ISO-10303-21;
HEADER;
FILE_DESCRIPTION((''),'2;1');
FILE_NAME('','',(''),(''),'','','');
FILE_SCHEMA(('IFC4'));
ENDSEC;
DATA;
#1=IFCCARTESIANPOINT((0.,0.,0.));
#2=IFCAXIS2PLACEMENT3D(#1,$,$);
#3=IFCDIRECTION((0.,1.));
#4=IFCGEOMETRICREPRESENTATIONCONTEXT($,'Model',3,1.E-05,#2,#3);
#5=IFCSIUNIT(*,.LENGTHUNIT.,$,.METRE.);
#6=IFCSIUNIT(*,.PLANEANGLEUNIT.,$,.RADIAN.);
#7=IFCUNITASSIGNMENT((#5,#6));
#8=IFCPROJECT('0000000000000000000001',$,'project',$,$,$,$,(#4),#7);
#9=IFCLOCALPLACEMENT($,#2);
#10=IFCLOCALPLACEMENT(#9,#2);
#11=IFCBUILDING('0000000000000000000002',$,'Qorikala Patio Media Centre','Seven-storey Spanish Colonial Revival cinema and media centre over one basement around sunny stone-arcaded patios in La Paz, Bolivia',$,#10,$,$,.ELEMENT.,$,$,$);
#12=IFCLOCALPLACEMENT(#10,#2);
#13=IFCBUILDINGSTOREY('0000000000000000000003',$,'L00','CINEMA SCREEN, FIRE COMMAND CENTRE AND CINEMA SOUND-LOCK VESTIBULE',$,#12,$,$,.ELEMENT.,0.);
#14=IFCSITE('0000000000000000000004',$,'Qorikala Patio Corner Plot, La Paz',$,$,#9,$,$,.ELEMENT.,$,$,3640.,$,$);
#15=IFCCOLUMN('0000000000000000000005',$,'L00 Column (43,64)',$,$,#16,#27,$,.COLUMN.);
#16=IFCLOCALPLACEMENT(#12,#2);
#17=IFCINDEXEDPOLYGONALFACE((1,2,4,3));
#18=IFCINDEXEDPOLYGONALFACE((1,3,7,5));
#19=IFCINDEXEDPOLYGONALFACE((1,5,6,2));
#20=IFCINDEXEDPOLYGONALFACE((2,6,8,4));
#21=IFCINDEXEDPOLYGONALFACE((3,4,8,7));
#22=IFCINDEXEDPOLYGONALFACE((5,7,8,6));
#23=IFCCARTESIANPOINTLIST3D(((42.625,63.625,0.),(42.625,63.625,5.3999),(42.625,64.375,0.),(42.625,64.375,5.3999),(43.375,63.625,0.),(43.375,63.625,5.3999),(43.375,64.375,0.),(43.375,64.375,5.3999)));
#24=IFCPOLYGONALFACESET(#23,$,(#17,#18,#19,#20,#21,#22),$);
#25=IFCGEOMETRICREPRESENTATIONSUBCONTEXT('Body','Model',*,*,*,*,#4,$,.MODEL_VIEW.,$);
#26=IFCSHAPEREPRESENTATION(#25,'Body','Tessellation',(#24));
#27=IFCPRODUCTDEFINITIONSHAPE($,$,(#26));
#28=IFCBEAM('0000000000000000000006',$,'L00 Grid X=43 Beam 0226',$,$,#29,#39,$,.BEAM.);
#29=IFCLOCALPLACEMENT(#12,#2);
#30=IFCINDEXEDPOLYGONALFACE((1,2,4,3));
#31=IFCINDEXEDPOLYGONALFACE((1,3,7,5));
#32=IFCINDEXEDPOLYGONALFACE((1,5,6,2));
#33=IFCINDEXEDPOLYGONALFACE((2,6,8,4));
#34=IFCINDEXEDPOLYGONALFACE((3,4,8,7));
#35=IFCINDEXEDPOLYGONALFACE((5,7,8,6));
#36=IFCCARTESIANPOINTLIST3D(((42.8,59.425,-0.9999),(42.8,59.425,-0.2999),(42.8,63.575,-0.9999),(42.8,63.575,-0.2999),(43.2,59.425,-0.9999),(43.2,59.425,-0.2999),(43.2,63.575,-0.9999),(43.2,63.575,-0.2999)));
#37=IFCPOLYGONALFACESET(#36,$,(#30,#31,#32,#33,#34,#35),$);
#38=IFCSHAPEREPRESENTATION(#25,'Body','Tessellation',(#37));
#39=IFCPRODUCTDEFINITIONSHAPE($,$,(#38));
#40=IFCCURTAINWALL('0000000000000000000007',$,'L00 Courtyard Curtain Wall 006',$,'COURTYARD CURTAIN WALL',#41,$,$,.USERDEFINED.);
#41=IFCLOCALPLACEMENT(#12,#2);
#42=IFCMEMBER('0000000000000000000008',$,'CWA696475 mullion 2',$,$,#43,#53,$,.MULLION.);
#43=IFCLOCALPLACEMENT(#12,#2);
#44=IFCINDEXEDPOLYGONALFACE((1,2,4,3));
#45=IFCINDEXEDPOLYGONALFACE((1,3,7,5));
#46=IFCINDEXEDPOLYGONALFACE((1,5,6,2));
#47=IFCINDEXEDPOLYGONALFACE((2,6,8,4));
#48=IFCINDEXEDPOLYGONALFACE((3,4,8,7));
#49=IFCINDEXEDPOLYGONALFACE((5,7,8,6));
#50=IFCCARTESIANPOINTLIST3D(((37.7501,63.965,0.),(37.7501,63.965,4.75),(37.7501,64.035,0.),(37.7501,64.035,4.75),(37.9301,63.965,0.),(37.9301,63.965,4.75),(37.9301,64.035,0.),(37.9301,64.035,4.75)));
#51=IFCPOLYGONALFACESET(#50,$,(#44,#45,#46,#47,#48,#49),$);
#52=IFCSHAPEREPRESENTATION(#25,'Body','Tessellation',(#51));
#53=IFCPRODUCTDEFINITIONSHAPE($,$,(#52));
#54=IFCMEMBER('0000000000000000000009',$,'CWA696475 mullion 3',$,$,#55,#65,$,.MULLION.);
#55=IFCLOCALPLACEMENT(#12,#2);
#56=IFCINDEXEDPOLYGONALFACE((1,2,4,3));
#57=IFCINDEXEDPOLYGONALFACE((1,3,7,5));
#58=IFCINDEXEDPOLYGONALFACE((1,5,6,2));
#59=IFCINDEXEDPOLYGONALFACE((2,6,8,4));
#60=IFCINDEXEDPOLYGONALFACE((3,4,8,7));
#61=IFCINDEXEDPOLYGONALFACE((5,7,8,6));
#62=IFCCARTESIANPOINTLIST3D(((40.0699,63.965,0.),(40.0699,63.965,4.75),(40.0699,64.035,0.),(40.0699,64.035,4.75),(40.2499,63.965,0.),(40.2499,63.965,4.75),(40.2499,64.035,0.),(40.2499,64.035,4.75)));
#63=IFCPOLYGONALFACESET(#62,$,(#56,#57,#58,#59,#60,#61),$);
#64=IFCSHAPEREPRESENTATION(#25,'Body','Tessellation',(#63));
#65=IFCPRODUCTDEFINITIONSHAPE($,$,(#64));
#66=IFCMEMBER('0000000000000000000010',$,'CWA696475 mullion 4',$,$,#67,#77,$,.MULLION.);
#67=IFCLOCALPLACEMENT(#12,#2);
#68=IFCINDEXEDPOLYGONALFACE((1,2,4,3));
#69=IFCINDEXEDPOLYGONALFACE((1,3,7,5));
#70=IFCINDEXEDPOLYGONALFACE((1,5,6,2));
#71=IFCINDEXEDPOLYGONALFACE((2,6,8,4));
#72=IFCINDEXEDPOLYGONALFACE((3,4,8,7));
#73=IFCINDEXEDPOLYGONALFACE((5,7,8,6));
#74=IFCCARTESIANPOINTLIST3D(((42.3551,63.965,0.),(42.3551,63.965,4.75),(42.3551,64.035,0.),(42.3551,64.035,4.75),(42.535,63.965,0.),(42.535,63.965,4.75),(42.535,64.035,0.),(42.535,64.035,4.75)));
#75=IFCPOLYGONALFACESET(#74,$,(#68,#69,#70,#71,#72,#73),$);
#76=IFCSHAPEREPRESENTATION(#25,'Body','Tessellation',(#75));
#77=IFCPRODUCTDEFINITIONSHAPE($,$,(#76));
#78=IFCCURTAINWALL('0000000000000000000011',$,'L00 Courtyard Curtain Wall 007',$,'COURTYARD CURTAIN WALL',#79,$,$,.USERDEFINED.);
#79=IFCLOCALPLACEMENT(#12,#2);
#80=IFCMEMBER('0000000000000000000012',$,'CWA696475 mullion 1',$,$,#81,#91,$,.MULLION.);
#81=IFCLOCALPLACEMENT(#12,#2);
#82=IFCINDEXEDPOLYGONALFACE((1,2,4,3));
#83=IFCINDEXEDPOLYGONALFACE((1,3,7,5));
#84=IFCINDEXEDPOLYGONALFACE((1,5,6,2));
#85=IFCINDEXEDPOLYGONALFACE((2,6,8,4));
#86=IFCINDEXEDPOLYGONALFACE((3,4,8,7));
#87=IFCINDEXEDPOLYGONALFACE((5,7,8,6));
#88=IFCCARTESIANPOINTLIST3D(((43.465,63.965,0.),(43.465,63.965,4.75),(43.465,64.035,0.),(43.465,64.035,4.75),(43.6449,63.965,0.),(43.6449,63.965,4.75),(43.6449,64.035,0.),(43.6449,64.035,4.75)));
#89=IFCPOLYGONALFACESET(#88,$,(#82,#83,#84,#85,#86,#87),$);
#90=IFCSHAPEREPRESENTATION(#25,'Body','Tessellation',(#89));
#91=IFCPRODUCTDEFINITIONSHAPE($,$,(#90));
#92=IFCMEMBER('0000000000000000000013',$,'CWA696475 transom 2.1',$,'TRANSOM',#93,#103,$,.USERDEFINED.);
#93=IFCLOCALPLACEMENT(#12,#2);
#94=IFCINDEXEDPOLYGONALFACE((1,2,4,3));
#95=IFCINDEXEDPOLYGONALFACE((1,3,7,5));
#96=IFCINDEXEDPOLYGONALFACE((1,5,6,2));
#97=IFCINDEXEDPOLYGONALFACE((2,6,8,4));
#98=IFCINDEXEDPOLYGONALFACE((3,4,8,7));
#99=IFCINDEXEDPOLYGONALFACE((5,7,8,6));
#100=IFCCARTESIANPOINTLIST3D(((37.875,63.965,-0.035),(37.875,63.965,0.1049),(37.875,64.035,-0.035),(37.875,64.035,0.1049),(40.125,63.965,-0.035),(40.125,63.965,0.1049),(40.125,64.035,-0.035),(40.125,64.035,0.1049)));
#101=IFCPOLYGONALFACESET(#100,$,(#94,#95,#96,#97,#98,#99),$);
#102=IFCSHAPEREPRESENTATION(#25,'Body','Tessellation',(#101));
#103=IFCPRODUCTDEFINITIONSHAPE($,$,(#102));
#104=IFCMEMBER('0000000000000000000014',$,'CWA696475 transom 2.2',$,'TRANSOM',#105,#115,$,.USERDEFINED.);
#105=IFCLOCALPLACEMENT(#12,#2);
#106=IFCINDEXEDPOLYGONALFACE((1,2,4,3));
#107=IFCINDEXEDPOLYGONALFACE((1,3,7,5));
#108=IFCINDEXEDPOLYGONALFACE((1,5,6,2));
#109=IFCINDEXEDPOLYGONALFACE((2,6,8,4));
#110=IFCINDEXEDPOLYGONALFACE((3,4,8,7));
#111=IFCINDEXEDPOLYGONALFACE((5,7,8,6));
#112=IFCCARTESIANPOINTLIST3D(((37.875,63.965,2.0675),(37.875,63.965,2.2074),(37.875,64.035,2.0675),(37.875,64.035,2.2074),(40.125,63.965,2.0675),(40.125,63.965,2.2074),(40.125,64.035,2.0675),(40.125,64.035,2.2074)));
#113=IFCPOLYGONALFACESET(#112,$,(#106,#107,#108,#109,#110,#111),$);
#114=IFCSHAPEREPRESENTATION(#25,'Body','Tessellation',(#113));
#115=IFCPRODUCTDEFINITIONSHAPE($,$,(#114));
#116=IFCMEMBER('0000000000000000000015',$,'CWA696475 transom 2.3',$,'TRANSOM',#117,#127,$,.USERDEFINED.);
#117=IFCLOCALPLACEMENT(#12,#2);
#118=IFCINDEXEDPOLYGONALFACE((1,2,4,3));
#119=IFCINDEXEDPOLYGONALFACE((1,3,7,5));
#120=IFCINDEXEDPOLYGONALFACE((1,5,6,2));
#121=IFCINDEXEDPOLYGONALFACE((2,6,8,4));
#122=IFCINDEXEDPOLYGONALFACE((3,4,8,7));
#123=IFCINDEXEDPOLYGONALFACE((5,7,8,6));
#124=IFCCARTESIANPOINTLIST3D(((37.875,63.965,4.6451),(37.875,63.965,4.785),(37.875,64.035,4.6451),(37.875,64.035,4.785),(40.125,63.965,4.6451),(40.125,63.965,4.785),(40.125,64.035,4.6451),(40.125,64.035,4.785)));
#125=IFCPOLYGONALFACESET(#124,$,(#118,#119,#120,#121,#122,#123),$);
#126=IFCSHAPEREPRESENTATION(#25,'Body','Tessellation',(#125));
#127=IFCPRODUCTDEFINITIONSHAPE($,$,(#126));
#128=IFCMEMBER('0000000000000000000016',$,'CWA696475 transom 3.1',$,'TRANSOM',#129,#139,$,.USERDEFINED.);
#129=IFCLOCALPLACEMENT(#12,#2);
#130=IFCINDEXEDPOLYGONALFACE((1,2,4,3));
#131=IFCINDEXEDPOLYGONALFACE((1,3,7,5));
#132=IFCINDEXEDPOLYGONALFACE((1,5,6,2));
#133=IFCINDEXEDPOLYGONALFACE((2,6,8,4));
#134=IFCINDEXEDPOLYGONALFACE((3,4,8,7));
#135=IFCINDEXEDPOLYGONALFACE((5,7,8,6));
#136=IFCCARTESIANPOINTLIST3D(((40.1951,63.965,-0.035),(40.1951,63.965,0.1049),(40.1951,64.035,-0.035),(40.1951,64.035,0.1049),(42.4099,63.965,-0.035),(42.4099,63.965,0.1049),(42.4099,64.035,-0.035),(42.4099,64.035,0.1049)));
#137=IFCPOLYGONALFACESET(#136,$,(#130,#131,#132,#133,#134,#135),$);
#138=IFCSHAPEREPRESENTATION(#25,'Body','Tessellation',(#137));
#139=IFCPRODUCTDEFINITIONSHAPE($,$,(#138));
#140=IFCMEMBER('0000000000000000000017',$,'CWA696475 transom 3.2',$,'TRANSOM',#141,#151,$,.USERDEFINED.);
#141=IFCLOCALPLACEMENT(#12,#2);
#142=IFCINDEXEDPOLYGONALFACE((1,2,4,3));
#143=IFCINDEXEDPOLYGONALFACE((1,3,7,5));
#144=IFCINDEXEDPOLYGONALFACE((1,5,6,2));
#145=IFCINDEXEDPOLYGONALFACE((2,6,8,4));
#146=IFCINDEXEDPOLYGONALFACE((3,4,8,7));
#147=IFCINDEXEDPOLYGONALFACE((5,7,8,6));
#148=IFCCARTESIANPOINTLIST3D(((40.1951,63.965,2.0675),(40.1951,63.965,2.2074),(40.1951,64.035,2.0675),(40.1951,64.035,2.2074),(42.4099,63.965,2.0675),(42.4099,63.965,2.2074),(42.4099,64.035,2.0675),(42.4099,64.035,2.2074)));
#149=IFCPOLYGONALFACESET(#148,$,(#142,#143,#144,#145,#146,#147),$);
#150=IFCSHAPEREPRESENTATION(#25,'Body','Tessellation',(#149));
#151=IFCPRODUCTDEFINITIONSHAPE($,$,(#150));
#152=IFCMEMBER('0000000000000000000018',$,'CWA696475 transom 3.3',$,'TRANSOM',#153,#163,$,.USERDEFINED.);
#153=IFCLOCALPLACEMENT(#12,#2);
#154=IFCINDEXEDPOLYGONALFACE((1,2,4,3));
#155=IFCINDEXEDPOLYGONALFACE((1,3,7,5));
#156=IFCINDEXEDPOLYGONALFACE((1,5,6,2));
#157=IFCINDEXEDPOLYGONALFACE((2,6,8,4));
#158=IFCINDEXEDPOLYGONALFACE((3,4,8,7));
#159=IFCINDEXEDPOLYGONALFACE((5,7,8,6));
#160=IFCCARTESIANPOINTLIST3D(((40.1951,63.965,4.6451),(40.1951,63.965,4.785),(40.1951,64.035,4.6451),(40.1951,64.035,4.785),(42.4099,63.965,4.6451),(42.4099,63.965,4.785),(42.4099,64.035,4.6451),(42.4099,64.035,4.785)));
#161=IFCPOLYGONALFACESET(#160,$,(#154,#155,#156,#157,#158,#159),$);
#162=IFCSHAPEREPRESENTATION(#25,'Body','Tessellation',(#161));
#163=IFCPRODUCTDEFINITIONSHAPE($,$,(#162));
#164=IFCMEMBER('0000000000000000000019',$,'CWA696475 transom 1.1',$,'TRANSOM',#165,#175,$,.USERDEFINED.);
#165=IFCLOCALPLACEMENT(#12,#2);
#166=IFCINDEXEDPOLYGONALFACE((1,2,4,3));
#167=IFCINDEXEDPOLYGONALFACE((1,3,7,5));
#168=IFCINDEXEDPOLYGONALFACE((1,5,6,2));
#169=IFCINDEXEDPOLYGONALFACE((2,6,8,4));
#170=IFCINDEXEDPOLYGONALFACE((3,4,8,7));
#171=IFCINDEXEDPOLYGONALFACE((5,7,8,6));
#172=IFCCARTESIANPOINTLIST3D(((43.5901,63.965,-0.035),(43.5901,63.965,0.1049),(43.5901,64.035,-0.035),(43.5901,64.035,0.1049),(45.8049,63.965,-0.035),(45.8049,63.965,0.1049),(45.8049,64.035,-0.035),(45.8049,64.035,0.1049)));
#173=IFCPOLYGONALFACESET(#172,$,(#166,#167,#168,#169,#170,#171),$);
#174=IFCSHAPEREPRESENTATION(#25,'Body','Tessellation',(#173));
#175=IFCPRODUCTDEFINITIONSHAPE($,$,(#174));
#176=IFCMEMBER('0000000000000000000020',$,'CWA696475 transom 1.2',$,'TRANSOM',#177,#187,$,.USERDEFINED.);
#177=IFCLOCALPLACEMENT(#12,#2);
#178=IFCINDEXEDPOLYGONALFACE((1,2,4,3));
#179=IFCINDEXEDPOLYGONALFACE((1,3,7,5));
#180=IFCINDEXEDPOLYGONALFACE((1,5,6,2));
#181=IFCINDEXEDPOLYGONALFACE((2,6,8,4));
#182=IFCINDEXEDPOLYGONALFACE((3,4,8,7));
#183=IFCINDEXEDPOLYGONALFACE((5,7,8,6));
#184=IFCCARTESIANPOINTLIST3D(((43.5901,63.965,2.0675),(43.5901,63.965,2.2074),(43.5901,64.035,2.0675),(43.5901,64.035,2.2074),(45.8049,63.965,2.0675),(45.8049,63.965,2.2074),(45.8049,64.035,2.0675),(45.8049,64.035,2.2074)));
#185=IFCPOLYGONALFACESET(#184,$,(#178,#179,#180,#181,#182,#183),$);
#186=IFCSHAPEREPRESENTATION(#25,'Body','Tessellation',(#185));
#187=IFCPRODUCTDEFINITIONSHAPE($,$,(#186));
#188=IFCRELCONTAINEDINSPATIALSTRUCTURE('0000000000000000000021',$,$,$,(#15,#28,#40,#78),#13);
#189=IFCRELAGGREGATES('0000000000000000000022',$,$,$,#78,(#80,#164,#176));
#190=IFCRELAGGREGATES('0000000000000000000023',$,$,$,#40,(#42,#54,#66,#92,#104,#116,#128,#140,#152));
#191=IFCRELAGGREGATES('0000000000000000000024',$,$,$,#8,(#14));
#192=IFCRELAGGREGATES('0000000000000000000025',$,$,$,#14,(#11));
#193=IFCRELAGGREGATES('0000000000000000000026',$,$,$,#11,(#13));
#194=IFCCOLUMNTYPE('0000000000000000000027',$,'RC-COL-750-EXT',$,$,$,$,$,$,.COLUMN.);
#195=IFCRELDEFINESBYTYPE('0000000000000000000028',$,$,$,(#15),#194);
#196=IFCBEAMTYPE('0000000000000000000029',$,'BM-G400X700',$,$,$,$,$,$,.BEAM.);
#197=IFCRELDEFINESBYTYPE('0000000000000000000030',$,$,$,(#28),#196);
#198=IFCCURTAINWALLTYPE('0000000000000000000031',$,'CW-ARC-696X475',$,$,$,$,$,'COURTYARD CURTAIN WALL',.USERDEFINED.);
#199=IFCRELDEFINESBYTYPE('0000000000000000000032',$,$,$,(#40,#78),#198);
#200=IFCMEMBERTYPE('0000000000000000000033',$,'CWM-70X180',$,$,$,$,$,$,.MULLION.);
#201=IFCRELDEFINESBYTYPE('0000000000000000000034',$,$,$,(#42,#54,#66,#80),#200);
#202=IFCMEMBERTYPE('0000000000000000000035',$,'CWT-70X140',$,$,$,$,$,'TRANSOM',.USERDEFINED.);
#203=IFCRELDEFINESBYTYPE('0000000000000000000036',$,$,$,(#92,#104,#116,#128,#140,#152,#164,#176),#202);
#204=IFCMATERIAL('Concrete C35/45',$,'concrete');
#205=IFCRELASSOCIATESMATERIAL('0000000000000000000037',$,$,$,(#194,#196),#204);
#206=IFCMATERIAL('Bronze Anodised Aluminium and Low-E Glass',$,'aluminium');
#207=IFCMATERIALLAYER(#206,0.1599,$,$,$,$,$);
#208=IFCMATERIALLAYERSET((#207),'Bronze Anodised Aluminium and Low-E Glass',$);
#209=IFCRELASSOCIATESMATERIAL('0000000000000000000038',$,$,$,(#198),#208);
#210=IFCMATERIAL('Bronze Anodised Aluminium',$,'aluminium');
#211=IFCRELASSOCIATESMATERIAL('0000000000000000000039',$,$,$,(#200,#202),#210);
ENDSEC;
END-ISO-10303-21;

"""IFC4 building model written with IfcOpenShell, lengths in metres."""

from ifc_helpers import new_model, si_unit, direction, frame, origin, origin_2d, place, context, subcontext, project, spatial, rectangle, extrude, material, layer, layer_set, material_profile, profile_set, type_object, element, aggregate, save


model = new_model("IFC4")

# Units and contexts
model_context = context("Model", 3, precision=1e-05, world=origin(), true_north=direction((0.0, 1.0)))
body_context = subcontext(model_context, "Body", "Model", "MODEL_VIEW")
ifc_project = project(units=[si_unit("LENGTHUNIT", "METRE"), si_unit("PLANEANGLEUNIT", "RADIAN")], contexts=[model_context])

# Site, building, storey
site_placement = place(None, origin())
site = spatial("IfcSite", under=ifc_project, at=site_placement, Name="Qorikala Patio Corner Plot, La Paz", CompositionType="ELEMENT", RefElevation=3640.0)
building_placement = place(site_placement, origin())
building = spatial("IfcBuilding", under=site, at=building_placement, Name="Qorikala Patio Media Centre", Description="Seven-storey Spanish Colonial Revival cinema and media centre over one basement around sunny stone-arcaded patios in La Paz, Bolivia", CompositionType="ELEMENT")
storey_placement = place(building_placement, origin())
storey = spatial("IfcBuildingStorey", under=building, at=storey_placement, Name="L00", Description="CINEMA SCREEN, FIRE COMMAND CENTRE AND CINEMA SOUND-LOCK VESTIBULE", CompositionType="ELEMENT", Elevation=0.0)

# Column
ifc_material_1 = material(Name="Concrete C35/45", Category="concrete")
ifc_material_profile_1 = material_profile(ifc_material_1, rectangle(XDim=0.75, YDim=0.75, at=origin_2d()), Name="RC 750x750")
ifc_profile_set_1 = profile_set([ifc_material_profile_1], Name="Concrete C35/45")
column_type = type_object("IfcColumnType", Name="RC-COL-750-EXT", PredefinedType="COLUMN", material=ifc_profile_set_1)
column_placement = place(storey_placement, frame((43.0, 64.0, 0.0), z_axis=(0.0, 0.0, 1.0), x_axis=(1.0, 0.0, 0.0)))
element("IfcColumn", 1, at=column_placement, inside=storey, type_object=column_type, Name="L00 Column (43,64)", PredefinedType="COLUMN", context=body_context, shape_type="SweptSolid", body=[
    extrude(rectangle(XDim=0.75, YDim=0.75, at=origin_2d()), origin(), (0.0, 0.0, 1.0), 5.3999),
])

# Beam
ifc_material_profile_2 = material_profile(ifc_material_1, rectangle(XDim=0.3999, YDim=0.7, at=origin_2d()), Name="RC 400x700")
ifc_profile_set_2 = profile_set([ifc_material_profile_2], Name="Concrete C35/45")
beam_type_1 = type_object("IfcBeamType", Name="BM-G400X700", PredefinedType="BEAM", material=ifc_profile_set_2)
beam_1_placement = place(storey_placement, frame((43.0, 59.425, -0.6499), z_axis=(0.0, 1.0, 0.0), x_axis=(-1.0, 0.0, 0.0)))
element("IfcBeam", 2, at=beam_1_placement, inside=storey, type_object=beam_type_1, Name="L00 Grid X=43 Beam 0226", PredefinedType="BEAM", context=body_context, shape_type="SweptSolid", body=[
    extrude(rectangle(XDim=0.3999, YDim=0.7, at=origin_2d()), origin(), (0.0, 0.0, 1.0), 4.1499),
])

# Curtain wall, members
ifc_material_2 = material(Name="Bronze Anodised Aluminium and Low-E Glass", Category="aluminium")
ifc_layer_1 = layer(ifc_material_2, 0.1599)
ifc_layer_set_1 = layer_set([ifc_layer_1], Name="Bronze Anodised Aluminium and Low-E Glass")
curtain_wall_type = type_object("IfcCurtainWallType", Name="CW-ARC-696X475", ElementType="COURTYARD CURTAIN WALL", PredefinedType="USERDEFINED", material=ifc_layer_set_1)
curtain_wall_1_placement = place(storey_placement, origin())
curtain_wall_1 = element("IfcCurtainWall", 3, at=curtain_wall_1_placement, inside=storey, type_object=curtain_wall_type, Name="L00 Courtyard Curtain Wall 006", ObjectType="COURTYARD CURTAIN WALL", PredefinedType="USERDEFINED")
ifc_material_3 = material(Name="Bronze Anodised Aluminium", Category="aluminium")
ifc_material_profile_3 = material_profile(ifc_material_3, rectangle(XDim=0.0701, YDim=0.1799, at=origin_2d()), Name="ALU MULLION 70x180")
ifc_profile_set_3 = profile_set([ifc_material_profile_3], Name="Bronze Anodised Aluminium")
member_type_1 = type_object("IfcMemberType", Name="CWM-70X180", PredefinedType="MULLION", material=ifc_profile_set_3)
member_1_placement = place(storey_placement, frame((37.8401, 64.0, 0.0), z_axis=(0.0, 0.0, 1.0), x_axis=(0.0, 1.0, 0.0)))
member_1 = element("IfcMember", 4, at=member_1_placement, type_object=member_type_1, Name="CWA696475 mullion 2", PredefinedType="MULLION", context=body_context, shape_type="SweptSolid", body=[
    extrude(rectangle(XDim=0.0701, YDim=0.1799, at=origin_2d()), origin(), (0.0, 0.0, 1.0), 4.75),
])
member_2_placement = place(storey_placement, frame((40.1599, 64.0, 0.0), z_axis=(0.0, 0.0, 1.0), x_axis=(0.0, 1.0, 0.0)))
member_2 = element("IfcMember", 5, at=member_2_placement, type_object=member_type_1, Name="CWA696475 mullion 3", PredefinedType="MULLION", context=body_context, shape_type="SweptSolid", body=[
    extrude(rectangle(XDim=0.0701, YDim=0.1799, at=origin_2d()), origin(), (0.0, 0.0, 1.0), 4.75),
])
member_3_placement = place(storey_placement, frame((42.4451, 64.0, 0.0), z_axis=(0.0, 0.0, 1.0), x_axis=(0.0, 1.0, 0.0)))
member_3 = element("IfcMember", 6, at=member_3_placement, type_object=member_type_1, Name="CWA696475 mullion 4", PredefinedType="MULLION", context=body_context, shape_type="SweptSolid", body=[
    extrude(rectangle(XDim=0.0701, YDim=0.1799, at=origin_2d()), origin(), (0.0, 0.0, 1.0), 4.75),
])

# Curtain wall, member
curtain_wall_2_placement = place(storey_placement, origin())
curtain_wall_2 = element("IfcCurtainWall", 7, at=curtain_wall_2_placement, inside=storey, type_object=curtain_wall_type, Name="L00 Courtyard Curtain Wall 007", ObjectType="COURTYARD CURTAIN WALL", PredefinedType="USERDEFINED")
member_4_placement = place(storey_placement, frame((43.5549, 64.0, 0.0), z_axis=(0.0, 0.0, 1.0), x_axis=(0.0, 1.0, 0.0)))
member_4 = element("IfcMember", 8, at=member_4_placement, type_object=member_type_1, Name="CWA696475 mullion 1", PredefinedType="MULLION", context=body_context, shape_type="SweptSolid", body=[
    extrude(rectangle(XDim=0.0701, YDim=0.1799, at=origin_2d()), origin(), (0.0, 0.0, 1.0), 4.75),
])

# Members
ifc_material_profile_4 = material_profile(ifc_material_3, rectangle(XDim=0.0701, YDim=0.1399, at=origin_2d()), Name="ALU TRANSOM 70x140")
ifc_profile_set_4 = profile_set([ifc_material_profile_4], Name="Bronze Anodised Aluminium")
member_type_2 = type_object("IfcMemberType", Name="CWT-70X140", ElementType="TRANSOM", PredefinedType="USERDEFINED", material=ifc_profile_set_4)
member_5_placement = place(storey_placement, frame((37.875, 64.0, 0.0349), z_axis=(1.0, 0.0, 0.0), x_axis=(0.0, 1.0, 0.0)))
member_5 = element("IfcMember", 9, at=member_5_placement, type_object=member_type_2, Name="CWA696475 transom 2.1", ObjectType="TRANSOM", PredefinedType="USERDEFINED", context=body_context, shape_type="SweptSolid", body=[
    extrude(rectangle(XDim=0.0701, YDim=0.1399, at=origin_2d()), origin(), (0.0, 0.0, 1.0), 2.25),
])
member_6_placement = place(storey_placement, frame((37.875, 64.0, 2.1375), z_axis=(1.0, 0.0, 0.0), x_axis=(0.0, 1.0, 0.0)))
member_6 = element("IfcMember", 10, at=member_6_placement, type_object=member_type_2, Name="CWA696475 transom 2.2", ObjectType="TRANSOM", PredefinedType="USERDEFINED", context=body_context, shape_type="SweptSolid", body=[
    extrude(rectangle(XDim=0.0701, YDim=0.1399, at=origin_2d()), origin(), (0.0, 0.0, 1.0), 2.25),
])
member_7_placement = place(storey_placement, frame((37.875, 64.0, 4.7151), z_axis=(1.0, 0.0, 0.0), x_axis=(0.0, 1.0, 0.0)))
member_7 = element("IfcMember", 11, at=member_7_placement, type_object=member_type_2, Name="CWA696475 transom 2.3", ObjectType="TRANSOM", PredefinedType="USERDEFINED", context=body_context, shape_type="SweptSolid", body=[
    extrude(rectangle(XDim=0.0701, YDim=0.1399, at=origin_2d()), origin(), (0.0, 0.0, 1.0), 2.25),
])
member_8_placement = place(storey_placement, frame((40.1951, 64.0, 0.0349), z_axis=(1.0, 0.0, 0.0), x_axis=(0.0, 1.0, 0.0)))
member_8 = element("IfcMember", 12, at=member_8_placement, type_object=member_type_2, Name="CWA696475 transom 3.1", ObjectType="TRANSOM", PredefinedType="USERDEFINED", context=body_context, shape_type="SweptSolid", body=[
    extrude(rectangle(XDim=0.0701, YDim=0.1399, at=origin_2d()), origin(), (0.0, 0.0, 1.0), 2.2148),
])
member_9_placement = place(storey_placement, frame((40.1951, 64.0, 2.1375), z_axis=(1.0, 0.0, 0.0), x_axis=(0.0, 1.0, 0.0)))
member_9 = element("IfcMember", 13, at=member_9_placement, type_object=member_type_2, Name="CWA696475 transom 3.2", ObjectType="TRANSOM", PredefinedType="USERDEFINED", context=body_context, shape_type="SweptSolid", body=[
    extrude(rectangle(XDim=0.0701, YDim=0.1399, at=origin_2d()), origin(), (0.0, 0.0, 1.0), 2.2148),
])
member_10_placement = place(storey_placement, frame((40.1951, 64.0, 4.7151), z_axis=(1.0, 0.0, 0.0), x_axis=(0.0, 1.0, 0.0)))
member_10 = element("IfcMember", 14, at=member_10_placement, type_object=member_type_2, Name="CWA696475 transom 3.3", ObjectType="TRANSOM", PredefinedType="USERDEFINED", context=body_context, shape_type="SweptSolid", body=[
    extrude(rectangle(XDim=0.0701, YDim=0.1399, at=origin_2d()), origin(), (0.0, 0.0, 1.0), 2.2148),
])
member_11_placement = place(storey_placement, frame((43.5901, 64.0, 0.0349), z_axis=(1.0, 0.0, 0.0), x_axis=(0.0, 1.0, 0.0)))
member_11 = element("IfcMember", 15, at=member_11_placement, type_object=member_type_2, Name="CWA696475 transom 1.1", ObjectType="TRANSOM", PredefinedType="USERDEFINED", context=body_context, shape_type="SweptSolid", body=[
    extrude(rectangle(XDim=0.0701, YDim=0.1399, at=origin_2d()), origin(), (0.0, 0.0, 1.0), 2.2148),
])
member_12_placement = place(storey_placement, frame((43.5901, 64.0, 2.1375), z_axis=(1.0, 0.0, 0.0), x_axis=(0.0, 1.0, 0.0)))
member_12 = element("IfcMember", 16, at=member_12_placement, type_object=member_type_2, Name="CWA696475 transom 1.2", ObjectType="TRANSOM", PredefinedType="USERDEFINED", context=body_context, shape_type="SweptSolid", body=[
    extrude(rectangle(XDim=0.0701, YDim=0.1399, at=origin_2d()), origin(), (0.0, 0.0, 1.0), 2.2148),
])
aggregate(curtain_wall_2, [member_4, member_11, member_12])

aggregate(curtain_wall_1, [member_1, member_2, member_3, member_5, member_6, member_7, member_8, member_9, member_10])

save(model, "model.ifc")
